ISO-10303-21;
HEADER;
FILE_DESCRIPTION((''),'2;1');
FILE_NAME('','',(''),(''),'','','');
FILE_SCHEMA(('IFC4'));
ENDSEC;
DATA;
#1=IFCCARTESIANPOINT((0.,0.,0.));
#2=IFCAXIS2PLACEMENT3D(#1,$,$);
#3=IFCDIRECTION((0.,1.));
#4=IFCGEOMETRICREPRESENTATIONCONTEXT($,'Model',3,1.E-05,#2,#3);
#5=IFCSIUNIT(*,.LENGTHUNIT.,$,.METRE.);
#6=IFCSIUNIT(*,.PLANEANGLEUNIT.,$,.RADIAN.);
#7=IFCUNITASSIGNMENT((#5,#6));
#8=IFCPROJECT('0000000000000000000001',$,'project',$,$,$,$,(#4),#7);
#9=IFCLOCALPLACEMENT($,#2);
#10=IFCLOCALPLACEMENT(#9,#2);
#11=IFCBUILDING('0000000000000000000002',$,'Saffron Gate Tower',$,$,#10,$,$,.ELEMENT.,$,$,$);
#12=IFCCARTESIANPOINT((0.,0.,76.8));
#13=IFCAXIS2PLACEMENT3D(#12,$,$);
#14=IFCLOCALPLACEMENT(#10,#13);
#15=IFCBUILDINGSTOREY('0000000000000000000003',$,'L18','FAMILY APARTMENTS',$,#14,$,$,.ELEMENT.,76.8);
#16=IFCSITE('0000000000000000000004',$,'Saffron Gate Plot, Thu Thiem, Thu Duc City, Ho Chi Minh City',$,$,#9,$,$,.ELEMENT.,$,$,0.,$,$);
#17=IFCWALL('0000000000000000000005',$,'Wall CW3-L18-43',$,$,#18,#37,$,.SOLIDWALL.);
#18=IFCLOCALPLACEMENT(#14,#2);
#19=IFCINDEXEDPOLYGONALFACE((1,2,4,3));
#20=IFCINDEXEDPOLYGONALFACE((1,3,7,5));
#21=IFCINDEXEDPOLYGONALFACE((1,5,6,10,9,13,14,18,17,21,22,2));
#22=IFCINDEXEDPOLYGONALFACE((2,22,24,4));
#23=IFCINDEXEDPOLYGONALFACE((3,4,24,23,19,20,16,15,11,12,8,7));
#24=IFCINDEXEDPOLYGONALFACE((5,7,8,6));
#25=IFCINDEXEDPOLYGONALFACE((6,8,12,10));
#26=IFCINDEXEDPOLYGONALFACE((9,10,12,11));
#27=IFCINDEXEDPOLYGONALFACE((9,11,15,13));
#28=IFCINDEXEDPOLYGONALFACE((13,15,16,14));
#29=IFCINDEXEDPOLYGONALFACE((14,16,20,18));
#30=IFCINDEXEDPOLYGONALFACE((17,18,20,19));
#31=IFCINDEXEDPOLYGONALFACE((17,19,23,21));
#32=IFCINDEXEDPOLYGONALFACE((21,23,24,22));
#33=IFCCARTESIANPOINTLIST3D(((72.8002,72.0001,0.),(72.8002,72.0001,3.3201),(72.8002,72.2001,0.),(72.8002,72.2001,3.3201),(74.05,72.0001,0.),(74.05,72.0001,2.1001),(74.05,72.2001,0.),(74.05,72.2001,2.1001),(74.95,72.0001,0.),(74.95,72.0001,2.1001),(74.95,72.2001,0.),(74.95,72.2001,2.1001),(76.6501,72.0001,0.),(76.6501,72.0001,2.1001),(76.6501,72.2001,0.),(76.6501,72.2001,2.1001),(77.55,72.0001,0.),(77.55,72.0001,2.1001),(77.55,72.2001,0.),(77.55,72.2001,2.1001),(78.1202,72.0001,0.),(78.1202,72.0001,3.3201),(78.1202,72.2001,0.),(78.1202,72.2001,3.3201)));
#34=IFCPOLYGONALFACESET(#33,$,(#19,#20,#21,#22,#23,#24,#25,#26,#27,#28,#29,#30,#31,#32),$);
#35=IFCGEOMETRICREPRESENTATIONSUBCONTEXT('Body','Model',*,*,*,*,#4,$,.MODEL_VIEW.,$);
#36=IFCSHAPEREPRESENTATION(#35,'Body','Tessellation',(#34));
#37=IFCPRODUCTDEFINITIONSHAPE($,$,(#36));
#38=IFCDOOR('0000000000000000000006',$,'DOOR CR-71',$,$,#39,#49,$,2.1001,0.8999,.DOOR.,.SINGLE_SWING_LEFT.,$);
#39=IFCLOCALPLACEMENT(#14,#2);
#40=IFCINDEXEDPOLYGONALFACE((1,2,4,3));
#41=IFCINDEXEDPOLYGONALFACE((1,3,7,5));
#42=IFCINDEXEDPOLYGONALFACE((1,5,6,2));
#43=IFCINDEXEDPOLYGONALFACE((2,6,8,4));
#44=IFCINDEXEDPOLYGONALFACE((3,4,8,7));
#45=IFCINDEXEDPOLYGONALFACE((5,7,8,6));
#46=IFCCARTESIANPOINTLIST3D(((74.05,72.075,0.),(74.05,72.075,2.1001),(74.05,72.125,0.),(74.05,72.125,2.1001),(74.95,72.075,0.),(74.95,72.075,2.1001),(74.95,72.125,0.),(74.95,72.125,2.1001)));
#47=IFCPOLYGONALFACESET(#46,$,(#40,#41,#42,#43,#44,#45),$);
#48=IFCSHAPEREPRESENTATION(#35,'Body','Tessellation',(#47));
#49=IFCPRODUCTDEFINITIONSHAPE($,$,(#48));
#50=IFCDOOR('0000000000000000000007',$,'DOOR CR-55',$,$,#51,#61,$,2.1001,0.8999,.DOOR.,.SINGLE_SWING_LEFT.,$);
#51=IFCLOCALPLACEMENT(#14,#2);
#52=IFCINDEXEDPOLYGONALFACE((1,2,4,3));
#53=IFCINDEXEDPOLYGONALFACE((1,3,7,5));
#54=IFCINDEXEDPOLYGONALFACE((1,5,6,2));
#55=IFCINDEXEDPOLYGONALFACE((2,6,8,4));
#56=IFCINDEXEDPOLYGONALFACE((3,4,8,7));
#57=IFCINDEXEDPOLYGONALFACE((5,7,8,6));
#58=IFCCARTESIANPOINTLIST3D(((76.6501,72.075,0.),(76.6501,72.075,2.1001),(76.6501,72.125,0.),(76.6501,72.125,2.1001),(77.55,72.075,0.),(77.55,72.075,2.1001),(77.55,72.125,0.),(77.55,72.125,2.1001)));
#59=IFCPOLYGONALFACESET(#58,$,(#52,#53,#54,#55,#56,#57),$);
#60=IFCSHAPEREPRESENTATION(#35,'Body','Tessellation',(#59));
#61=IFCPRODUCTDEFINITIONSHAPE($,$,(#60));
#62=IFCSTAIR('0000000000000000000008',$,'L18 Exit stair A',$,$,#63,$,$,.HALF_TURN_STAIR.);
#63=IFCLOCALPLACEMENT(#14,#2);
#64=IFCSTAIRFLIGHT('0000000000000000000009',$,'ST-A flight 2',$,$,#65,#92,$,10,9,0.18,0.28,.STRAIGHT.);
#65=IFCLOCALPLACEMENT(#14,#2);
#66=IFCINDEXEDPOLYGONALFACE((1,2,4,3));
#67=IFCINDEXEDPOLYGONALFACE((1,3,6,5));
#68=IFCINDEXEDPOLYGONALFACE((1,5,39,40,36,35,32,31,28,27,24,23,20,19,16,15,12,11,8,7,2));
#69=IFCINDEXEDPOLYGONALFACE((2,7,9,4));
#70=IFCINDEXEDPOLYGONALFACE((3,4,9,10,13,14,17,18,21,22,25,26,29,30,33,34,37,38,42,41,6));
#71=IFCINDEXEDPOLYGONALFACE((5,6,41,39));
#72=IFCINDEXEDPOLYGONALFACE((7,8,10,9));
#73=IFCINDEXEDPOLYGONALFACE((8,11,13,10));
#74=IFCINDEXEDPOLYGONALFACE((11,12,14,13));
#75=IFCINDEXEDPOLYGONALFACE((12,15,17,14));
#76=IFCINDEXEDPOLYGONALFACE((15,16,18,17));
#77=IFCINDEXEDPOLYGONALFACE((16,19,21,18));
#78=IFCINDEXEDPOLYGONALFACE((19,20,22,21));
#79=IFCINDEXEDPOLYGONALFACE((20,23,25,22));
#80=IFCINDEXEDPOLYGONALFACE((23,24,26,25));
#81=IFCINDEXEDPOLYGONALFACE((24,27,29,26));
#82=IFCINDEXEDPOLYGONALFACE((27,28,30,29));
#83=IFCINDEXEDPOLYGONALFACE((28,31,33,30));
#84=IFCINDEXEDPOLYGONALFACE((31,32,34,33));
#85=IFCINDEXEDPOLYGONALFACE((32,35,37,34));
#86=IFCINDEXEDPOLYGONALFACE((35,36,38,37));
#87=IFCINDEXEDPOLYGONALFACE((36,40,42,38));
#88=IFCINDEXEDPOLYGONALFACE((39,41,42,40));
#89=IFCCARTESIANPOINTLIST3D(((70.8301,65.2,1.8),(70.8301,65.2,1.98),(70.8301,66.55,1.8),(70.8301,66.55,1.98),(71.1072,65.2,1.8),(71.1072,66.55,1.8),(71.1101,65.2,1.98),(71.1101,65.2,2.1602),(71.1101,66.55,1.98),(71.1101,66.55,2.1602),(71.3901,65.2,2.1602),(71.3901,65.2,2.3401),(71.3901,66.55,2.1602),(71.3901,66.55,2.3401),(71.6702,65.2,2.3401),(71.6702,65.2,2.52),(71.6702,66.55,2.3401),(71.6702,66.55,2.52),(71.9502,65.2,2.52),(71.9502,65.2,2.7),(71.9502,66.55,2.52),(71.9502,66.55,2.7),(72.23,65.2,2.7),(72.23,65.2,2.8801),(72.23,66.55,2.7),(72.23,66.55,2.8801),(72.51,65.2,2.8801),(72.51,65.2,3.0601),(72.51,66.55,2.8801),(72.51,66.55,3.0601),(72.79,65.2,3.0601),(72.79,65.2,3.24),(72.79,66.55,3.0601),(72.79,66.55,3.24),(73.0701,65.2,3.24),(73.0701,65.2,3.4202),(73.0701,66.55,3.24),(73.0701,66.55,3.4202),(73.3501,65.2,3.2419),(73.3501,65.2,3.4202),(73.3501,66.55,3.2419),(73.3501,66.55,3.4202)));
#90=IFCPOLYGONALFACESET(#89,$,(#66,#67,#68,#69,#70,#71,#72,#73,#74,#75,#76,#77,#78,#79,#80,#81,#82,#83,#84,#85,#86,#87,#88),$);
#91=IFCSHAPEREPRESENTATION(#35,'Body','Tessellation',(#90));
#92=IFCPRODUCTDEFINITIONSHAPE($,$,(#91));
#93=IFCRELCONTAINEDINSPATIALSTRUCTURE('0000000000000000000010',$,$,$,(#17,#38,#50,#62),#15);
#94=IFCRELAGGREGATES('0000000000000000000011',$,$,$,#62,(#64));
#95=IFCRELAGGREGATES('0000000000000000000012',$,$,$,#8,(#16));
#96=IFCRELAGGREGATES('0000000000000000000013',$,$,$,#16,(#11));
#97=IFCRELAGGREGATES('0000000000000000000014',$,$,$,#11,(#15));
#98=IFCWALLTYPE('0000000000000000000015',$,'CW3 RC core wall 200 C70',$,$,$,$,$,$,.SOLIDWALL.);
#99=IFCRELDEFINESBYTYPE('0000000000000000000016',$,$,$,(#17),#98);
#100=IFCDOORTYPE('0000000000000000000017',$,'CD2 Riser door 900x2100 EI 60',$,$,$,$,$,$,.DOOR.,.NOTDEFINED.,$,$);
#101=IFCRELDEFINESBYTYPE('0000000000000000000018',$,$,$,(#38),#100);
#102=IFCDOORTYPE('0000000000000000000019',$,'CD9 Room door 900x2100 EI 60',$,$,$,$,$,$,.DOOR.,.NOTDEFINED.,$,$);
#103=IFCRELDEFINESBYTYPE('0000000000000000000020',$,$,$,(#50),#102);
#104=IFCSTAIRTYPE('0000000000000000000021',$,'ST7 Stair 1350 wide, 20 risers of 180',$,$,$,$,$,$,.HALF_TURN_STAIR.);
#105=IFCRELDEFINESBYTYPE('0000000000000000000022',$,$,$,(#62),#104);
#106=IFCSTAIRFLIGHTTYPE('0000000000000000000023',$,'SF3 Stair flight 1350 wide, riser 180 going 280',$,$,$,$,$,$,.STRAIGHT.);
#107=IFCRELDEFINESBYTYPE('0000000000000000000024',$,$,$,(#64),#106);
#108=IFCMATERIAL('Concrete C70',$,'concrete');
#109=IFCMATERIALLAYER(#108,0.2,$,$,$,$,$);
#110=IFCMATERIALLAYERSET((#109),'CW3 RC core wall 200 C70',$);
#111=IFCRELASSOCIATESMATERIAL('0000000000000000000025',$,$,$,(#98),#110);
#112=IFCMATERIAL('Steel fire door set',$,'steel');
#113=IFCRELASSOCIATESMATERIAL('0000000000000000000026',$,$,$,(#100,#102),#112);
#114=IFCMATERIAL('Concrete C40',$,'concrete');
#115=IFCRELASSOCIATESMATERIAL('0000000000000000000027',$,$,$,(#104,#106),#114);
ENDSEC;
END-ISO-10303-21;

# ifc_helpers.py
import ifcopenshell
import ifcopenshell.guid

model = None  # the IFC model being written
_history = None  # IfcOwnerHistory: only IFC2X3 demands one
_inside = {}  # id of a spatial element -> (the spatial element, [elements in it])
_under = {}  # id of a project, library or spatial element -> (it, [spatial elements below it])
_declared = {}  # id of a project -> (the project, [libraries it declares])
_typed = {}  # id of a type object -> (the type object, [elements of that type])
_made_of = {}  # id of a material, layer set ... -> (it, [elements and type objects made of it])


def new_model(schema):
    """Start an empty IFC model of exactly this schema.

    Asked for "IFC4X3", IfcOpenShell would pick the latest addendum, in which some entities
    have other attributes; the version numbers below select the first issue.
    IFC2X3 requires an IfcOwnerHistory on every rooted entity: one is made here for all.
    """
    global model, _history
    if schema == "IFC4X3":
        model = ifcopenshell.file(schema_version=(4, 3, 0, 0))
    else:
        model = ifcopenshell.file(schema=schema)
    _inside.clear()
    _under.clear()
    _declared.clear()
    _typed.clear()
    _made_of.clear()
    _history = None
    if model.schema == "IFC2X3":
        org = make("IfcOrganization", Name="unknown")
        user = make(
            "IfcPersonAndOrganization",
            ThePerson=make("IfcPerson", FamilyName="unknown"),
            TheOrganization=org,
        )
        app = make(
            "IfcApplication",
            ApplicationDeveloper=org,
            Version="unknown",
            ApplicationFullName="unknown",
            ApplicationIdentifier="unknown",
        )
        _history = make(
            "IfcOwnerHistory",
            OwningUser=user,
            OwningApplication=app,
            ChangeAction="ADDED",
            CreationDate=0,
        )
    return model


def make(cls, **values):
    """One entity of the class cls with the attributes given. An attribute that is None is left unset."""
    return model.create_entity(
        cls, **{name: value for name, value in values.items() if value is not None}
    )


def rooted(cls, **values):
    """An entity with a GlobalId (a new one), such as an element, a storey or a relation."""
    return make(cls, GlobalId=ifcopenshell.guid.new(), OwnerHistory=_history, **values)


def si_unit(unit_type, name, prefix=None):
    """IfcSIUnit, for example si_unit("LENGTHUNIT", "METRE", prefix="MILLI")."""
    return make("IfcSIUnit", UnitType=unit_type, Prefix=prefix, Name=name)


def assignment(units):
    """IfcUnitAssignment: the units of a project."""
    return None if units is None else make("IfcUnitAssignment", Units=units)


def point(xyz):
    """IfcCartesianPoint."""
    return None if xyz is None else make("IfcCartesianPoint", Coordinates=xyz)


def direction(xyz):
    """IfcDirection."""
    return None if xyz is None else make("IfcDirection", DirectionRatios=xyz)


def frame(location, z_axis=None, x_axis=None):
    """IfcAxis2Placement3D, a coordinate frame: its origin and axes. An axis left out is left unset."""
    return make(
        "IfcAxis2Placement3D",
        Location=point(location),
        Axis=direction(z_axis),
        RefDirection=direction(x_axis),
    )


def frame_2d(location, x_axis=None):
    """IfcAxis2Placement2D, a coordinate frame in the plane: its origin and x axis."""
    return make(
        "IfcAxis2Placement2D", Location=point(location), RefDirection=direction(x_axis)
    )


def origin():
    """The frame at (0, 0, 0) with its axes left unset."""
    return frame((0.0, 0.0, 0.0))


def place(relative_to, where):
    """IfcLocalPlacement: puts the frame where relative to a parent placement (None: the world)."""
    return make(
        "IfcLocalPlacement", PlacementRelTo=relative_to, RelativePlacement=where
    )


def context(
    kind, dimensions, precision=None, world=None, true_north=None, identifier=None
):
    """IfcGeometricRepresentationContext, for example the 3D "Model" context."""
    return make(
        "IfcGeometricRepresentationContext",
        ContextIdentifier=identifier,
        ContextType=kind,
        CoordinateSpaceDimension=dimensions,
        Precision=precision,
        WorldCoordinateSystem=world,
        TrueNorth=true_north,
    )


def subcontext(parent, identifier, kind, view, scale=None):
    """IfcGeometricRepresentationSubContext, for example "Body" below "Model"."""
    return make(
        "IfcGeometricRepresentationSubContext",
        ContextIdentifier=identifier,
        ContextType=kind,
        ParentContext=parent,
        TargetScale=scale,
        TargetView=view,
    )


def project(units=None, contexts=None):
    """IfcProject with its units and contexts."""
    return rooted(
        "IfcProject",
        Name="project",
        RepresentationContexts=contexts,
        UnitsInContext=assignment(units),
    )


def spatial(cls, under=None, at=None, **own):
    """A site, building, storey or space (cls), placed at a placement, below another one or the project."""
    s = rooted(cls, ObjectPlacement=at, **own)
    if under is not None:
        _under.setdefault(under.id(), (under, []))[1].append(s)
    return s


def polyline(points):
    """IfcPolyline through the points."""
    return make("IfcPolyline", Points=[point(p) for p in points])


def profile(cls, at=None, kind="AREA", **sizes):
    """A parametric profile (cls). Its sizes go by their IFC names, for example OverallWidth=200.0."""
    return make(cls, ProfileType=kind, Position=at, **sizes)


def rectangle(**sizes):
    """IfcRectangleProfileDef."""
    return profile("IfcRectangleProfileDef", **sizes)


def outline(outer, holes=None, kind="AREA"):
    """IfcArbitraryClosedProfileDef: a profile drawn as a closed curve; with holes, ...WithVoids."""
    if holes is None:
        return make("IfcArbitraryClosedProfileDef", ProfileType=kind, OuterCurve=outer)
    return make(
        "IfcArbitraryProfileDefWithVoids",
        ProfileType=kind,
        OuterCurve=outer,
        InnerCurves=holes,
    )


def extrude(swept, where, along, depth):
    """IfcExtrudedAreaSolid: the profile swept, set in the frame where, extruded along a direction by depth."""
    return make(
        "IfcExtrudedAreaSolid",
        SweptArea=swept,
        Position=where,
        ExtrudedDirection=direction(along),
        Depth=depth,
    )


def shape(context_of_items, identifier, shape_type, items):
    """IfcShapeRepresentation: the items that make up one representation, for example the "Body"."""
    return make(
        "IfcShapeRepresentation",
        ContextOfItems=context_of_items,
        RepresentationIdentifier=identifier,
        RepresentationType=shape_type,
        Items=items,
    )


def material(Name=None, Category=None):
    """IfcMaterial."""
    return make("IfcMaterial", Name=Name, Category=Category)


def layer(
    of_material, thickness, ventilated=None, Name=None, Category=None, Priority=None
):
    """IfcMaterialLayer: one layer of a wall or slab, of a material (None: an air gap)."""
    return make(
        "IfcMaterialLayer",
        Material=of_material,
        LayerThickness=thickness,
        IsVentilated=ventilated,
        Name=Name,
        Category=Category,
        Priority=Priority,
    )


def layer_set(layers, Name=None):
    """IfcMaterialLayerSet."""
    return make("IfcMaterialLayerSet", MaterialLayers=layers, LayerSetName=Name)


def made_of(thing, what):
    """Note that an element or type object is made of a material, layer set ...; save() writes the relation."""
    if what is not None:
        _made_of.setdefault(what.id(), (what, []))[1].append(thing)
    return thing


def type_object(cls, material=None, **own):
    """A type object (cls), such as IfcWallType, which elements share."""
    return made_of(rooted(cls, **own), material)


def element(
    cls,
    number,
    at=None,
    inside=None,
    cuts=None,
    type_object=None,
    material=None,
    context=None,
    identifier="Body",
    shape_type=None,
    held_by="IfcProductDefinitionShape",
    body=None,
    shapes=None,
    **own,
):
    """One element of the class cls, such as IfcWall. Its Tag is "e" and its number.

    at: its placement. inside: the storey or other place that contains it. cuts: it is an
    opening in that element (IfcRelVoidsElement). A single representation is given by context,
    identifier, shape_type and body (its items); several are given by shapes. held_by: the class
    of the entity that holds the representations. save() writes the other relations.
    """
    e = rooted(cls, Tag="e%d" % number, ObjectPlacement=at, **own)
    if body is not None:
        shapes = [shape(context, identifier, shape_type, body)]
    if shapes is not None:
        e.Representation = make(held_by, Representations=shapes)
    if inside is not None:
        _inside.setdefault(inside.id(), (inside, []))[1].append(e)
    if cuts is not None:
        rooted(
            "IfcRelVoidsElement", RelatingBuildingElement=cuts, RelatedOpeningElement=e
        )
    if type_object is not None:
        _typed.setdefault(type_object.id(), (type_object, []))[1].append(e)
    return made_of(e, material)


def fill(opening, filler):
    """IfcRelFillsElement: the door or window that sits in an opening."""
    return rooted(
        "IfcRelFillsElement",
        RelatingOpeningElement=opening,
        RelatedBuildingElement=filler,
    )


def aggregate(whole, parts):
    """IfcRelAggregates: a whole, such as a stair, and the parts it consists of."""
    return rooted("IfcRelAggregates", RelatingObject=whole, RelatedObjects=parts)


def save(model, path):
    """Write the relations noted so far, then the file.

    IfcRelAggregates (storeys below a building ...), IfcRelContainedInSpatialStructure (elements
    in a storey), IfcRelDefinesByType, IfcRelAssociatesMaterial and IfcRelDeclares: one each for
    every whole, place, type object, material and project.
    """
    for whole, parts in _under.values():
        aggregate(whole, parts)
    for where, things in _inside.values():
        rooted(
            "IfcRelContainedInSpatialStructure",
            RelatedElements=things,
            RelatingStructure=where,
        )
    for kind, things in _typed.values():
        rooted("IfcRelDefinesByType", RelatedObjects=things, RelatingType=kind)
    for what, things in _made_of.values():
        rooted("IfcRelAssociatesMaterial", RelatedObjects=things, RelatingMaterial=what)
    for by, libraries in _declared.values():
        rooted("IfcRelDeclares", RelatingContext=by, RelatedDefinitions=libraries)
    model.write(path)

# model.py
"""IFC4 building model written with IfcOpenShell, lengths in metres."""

from ifc_helpers import new_model, si_unit, direction, frame, frame_2d, origin, place, context, subcontext, project, spatial, polyline, rectangle, outline, extrude, material, layer, layer_set, type_object, element, fill, aggregate, save


model = new_model("IFC4")

# Units and contexts
model_context = context("Model", 3, precision=1e-05, world=origin(), true_north=direction((0.0, 1.0)))
body_context = subcontext(model_context, "Body", "Model", "MODEL_VIEW")
ifc_project = project(units=[si_unit("LENGTHUNIT", "METRE"), si_unit("PLANEANGLEUNIT", "RADIAN")], contexts=[model_context])

# Site, building, storey
site_placement = place(None, origin())
site = spatial("IfcSite", under=ifc_project, at=site_placement, Name="Saffron Gate Plot, Thu Thiem, Thu Duc City, Ho Chi Minh City", CompositionType="ELEMENT", RefElevation=0.0)
building_placement = place(site_placement, origin())
building = spatial("IfcBuilding", under=site, at=building_placement, Name="Saffron Gate Tower", CompositionType="ELEMENT")
storey_placement = place(building_placement, frame((0.0, 0.0, 76.8)))
storey = spatial("IfcBuildingStorey", under=building, at=storey_placement, Name="L18", Description="FAMILY APARTMENTS", CompositionType="ELEMENT", Elevation=76.8)

# Shared definitions
ifc_material_1 = material(Name="Concrete C70", Category="concrete")

# Shared definitions
ifc_material_2 = material(Name="Steel fire door set", Category="steel")
ifc_layer_1 = layer(ifc_material_1, 0.2)
ifc_layer_set_1 = layer_set([ifc_layer_1], Name="CW3 RC core wall 200 C70")
wall_type_1 = type_object("IfcWallType", Name="CW3 RC core wall 200 C70", PredefinedType="SOLIDWALL", material=ifc_layer_set_1)

# Wall, openings, doors
wall_1_placement = place(storey_placement, frame((72.8, 72.1001, 0.0), z_axis=(0.0, 0.0, 1.0), x_axis=(1.0, 0.0, 0.0)))
wall_1 = element("IfcWall", 1, at=wall_1_placement, inside=storey, type_object=wall_type_1, Name="Wall CW3-L18-43", PredefinedType="SOLIDWALL", context=body_context, shape_type="SweptSolid", body=[
    extrude(rectangle(XDim=5.3201, YDim=0.2, at=frame_2d((2.6602, 0.0))), origin(), (0.0, 0.0, 1.0), 3.3201),
])
opening_1_placement = place(wall_1_placement, frame((1.25, 0.0, 0.0)))
opening_1 = element("IfcOpeningElement", 2, at=opening_1_placement, cuts=wall_1, PredefinedType="OPENING", context=body_context, shape_type="SweptSolid", body=[
    extrude(rectangle(XDim=0.8999, YDim=2.1001, at=frame_2d((0.45, 1.05))), frame((0.0, 0.1099, 0.0), z_axis=(0.0, -1.0, 0.0), x_axis=(1.0, 0.0, 0.0)), (0.0, 0.0, 1.0), 0.22),
])
opening_2_placement = place(wall_1_placement, frame((3.8501, 0.0, 0.0)))
opening_2 = element("IfcOpeningElement", 3, at=opening_2_placement, cuts=wall_1, PredefinedType="OPENING", context=body_context, shape_type="SweptSolid", body=[
    extrude(rectangle(XDim=0.8999, YDim=2.1001, at=frame_2d((0.45, 1.05))), frame((0.0, 0.1099, 0.0), z_axis=(0.0, -1.0, 0.0), x_axis=(1.0, 0.0, 0.0)), (0.0, 0.0, 1.0), 0.22),
])
door_type_1 = type_object("IfcDoorType", Name="CD2 Riser door 900x2100 EI 60", OperationType="NOTDEFINED", PredefinedType="DOOR", material=ifc_material_2)
door_1_placement = place(opening_1_placement, origin())
door_1 = element("IfcDoor", 4, at=door_1_placement, inside=storey, type_object=door_type_1, Name="DOOR CR-71", OperationType="SINGLE_SWING_LEFT", OverallHeight=2.1001, OverallWidth=0.8999, PredefinedType="DOOR", context=body_context, shape_type="SweptSolid", body=[
    extrude(rectangle(XDim=0.8999, YDim=2.1001, at=frame_2d((0.45, 1.05))), frame((0.0, 0.0249, 0.0), z_axis=(0.0, -1.0, 0.0), x_axis=(1.0, 0.0, 0.0)), (0.0, 0.0, 1.0), 0.05),
])
fill(opening_1, door_1)
door_type_2 = type_object("IfcDoorType", Name="CD9 Room door 900x2100 EI 60", OperationType="NOTDEFINED", PredefinedType="DOOR", material=ifc_material_2)
door_2_placement = place(opening_2_placement, origin())
door_2 = element("IfcDoor", 5, at=door_2_placement, inside=storey, type_object=door_type_2, Name="DOOR CR-55", OperationType="SINGLE_SWING_LEFT", OverallHeight=2.1001, OverallWidth=0.8999, PredefinedType="DOOR", context=body_context, shape_type="SweptSolid", body=[
    extrude(rectangle(XDim=0.8999, YDim=2.1001, at=frame_2d((0.45, 1.05))), frame((0.0, 0.0249, 0.0), z_axis=(0.0, -1.0, 0.0), x_axis=(1.0, 0.0, 0.0)), (0.0, 0.0, 1.0), 0.05),
])
fill(opening_2, door_2)

# Stair, stair flight
ifc_material_3 = material(Name="Concrete C40", Category="concrete")
stair_type = type_object("IfcStairType", Name="ST7 Stair 1350 wide, 20 risers of 180", PredefinedType="HALF_TURN_STAIR", material=ifc_material_3)
stair_placement = place(storey_placement, origin())
stair = element("IfcStair", 6, at=stair_placement, inside=storey, type_object=stair_type, Name="L18 Exit stair A", PredefinedType="HALF_TURN_STAIR")
stair_flight_type = type_object("IfcStairFlightType", Name="SF3 Stair flight 1350 wide, riser 180 going 280", PredefinedType="STRAIGHT", material=ifc_material_3)
stair_flight_placement = place(storey_placement, frame((70.8301, 65.875, 1.8), z_axis=(0.0, 0.0, 1.0), x_axis=(1.0, 0.0, 0.0)))
stair_flight = element("IfcStairFlight", 7, at=stair_flight_placement, type_object=stair_flight_type, Name="ST-A flight 2", NumberOfRisers=10, NumberOfTreads=9, PredefinedType="STRAIGHT", RiserHeight=0.18, TreadLength=0.28, context=body_context, shape_type="SweptSolid", body=[
    extrude(outline(polyline([(0.0, 0.0), (0.0, 0.1799), (0.28, 0.1799), (0.28, 0.3601), (0.5601, 0.3601), (0.5601, 0.54), (0.8401, 0.54), (0.8401, 0.72), (1.1201, 0.72), (1.1201, 0.8999), (1.3999, 0.8999), (1.3999, 1.0801), (1.6799, 1.0801), (1.6799, 1.26), (1.96, 1.26), (1.96, 1.4399), (2.24, 1.4399), (2.24, 1.6201), (2.52, 1.6201), (2.52, 1.8), (2.52, 1.4419), (0.2771, 0.0), (0.0, 0.0)])), frame((0.0, 0.675, 0.0), z_axis=(0.0, -1.0, 0.0), x_axis=(1.0, 0.0, 0.0)), (0.0, 0.0, 1.0), 1.3501),
])
aggregate(stair, [stair_flight])

save(model, "model.ifc")
